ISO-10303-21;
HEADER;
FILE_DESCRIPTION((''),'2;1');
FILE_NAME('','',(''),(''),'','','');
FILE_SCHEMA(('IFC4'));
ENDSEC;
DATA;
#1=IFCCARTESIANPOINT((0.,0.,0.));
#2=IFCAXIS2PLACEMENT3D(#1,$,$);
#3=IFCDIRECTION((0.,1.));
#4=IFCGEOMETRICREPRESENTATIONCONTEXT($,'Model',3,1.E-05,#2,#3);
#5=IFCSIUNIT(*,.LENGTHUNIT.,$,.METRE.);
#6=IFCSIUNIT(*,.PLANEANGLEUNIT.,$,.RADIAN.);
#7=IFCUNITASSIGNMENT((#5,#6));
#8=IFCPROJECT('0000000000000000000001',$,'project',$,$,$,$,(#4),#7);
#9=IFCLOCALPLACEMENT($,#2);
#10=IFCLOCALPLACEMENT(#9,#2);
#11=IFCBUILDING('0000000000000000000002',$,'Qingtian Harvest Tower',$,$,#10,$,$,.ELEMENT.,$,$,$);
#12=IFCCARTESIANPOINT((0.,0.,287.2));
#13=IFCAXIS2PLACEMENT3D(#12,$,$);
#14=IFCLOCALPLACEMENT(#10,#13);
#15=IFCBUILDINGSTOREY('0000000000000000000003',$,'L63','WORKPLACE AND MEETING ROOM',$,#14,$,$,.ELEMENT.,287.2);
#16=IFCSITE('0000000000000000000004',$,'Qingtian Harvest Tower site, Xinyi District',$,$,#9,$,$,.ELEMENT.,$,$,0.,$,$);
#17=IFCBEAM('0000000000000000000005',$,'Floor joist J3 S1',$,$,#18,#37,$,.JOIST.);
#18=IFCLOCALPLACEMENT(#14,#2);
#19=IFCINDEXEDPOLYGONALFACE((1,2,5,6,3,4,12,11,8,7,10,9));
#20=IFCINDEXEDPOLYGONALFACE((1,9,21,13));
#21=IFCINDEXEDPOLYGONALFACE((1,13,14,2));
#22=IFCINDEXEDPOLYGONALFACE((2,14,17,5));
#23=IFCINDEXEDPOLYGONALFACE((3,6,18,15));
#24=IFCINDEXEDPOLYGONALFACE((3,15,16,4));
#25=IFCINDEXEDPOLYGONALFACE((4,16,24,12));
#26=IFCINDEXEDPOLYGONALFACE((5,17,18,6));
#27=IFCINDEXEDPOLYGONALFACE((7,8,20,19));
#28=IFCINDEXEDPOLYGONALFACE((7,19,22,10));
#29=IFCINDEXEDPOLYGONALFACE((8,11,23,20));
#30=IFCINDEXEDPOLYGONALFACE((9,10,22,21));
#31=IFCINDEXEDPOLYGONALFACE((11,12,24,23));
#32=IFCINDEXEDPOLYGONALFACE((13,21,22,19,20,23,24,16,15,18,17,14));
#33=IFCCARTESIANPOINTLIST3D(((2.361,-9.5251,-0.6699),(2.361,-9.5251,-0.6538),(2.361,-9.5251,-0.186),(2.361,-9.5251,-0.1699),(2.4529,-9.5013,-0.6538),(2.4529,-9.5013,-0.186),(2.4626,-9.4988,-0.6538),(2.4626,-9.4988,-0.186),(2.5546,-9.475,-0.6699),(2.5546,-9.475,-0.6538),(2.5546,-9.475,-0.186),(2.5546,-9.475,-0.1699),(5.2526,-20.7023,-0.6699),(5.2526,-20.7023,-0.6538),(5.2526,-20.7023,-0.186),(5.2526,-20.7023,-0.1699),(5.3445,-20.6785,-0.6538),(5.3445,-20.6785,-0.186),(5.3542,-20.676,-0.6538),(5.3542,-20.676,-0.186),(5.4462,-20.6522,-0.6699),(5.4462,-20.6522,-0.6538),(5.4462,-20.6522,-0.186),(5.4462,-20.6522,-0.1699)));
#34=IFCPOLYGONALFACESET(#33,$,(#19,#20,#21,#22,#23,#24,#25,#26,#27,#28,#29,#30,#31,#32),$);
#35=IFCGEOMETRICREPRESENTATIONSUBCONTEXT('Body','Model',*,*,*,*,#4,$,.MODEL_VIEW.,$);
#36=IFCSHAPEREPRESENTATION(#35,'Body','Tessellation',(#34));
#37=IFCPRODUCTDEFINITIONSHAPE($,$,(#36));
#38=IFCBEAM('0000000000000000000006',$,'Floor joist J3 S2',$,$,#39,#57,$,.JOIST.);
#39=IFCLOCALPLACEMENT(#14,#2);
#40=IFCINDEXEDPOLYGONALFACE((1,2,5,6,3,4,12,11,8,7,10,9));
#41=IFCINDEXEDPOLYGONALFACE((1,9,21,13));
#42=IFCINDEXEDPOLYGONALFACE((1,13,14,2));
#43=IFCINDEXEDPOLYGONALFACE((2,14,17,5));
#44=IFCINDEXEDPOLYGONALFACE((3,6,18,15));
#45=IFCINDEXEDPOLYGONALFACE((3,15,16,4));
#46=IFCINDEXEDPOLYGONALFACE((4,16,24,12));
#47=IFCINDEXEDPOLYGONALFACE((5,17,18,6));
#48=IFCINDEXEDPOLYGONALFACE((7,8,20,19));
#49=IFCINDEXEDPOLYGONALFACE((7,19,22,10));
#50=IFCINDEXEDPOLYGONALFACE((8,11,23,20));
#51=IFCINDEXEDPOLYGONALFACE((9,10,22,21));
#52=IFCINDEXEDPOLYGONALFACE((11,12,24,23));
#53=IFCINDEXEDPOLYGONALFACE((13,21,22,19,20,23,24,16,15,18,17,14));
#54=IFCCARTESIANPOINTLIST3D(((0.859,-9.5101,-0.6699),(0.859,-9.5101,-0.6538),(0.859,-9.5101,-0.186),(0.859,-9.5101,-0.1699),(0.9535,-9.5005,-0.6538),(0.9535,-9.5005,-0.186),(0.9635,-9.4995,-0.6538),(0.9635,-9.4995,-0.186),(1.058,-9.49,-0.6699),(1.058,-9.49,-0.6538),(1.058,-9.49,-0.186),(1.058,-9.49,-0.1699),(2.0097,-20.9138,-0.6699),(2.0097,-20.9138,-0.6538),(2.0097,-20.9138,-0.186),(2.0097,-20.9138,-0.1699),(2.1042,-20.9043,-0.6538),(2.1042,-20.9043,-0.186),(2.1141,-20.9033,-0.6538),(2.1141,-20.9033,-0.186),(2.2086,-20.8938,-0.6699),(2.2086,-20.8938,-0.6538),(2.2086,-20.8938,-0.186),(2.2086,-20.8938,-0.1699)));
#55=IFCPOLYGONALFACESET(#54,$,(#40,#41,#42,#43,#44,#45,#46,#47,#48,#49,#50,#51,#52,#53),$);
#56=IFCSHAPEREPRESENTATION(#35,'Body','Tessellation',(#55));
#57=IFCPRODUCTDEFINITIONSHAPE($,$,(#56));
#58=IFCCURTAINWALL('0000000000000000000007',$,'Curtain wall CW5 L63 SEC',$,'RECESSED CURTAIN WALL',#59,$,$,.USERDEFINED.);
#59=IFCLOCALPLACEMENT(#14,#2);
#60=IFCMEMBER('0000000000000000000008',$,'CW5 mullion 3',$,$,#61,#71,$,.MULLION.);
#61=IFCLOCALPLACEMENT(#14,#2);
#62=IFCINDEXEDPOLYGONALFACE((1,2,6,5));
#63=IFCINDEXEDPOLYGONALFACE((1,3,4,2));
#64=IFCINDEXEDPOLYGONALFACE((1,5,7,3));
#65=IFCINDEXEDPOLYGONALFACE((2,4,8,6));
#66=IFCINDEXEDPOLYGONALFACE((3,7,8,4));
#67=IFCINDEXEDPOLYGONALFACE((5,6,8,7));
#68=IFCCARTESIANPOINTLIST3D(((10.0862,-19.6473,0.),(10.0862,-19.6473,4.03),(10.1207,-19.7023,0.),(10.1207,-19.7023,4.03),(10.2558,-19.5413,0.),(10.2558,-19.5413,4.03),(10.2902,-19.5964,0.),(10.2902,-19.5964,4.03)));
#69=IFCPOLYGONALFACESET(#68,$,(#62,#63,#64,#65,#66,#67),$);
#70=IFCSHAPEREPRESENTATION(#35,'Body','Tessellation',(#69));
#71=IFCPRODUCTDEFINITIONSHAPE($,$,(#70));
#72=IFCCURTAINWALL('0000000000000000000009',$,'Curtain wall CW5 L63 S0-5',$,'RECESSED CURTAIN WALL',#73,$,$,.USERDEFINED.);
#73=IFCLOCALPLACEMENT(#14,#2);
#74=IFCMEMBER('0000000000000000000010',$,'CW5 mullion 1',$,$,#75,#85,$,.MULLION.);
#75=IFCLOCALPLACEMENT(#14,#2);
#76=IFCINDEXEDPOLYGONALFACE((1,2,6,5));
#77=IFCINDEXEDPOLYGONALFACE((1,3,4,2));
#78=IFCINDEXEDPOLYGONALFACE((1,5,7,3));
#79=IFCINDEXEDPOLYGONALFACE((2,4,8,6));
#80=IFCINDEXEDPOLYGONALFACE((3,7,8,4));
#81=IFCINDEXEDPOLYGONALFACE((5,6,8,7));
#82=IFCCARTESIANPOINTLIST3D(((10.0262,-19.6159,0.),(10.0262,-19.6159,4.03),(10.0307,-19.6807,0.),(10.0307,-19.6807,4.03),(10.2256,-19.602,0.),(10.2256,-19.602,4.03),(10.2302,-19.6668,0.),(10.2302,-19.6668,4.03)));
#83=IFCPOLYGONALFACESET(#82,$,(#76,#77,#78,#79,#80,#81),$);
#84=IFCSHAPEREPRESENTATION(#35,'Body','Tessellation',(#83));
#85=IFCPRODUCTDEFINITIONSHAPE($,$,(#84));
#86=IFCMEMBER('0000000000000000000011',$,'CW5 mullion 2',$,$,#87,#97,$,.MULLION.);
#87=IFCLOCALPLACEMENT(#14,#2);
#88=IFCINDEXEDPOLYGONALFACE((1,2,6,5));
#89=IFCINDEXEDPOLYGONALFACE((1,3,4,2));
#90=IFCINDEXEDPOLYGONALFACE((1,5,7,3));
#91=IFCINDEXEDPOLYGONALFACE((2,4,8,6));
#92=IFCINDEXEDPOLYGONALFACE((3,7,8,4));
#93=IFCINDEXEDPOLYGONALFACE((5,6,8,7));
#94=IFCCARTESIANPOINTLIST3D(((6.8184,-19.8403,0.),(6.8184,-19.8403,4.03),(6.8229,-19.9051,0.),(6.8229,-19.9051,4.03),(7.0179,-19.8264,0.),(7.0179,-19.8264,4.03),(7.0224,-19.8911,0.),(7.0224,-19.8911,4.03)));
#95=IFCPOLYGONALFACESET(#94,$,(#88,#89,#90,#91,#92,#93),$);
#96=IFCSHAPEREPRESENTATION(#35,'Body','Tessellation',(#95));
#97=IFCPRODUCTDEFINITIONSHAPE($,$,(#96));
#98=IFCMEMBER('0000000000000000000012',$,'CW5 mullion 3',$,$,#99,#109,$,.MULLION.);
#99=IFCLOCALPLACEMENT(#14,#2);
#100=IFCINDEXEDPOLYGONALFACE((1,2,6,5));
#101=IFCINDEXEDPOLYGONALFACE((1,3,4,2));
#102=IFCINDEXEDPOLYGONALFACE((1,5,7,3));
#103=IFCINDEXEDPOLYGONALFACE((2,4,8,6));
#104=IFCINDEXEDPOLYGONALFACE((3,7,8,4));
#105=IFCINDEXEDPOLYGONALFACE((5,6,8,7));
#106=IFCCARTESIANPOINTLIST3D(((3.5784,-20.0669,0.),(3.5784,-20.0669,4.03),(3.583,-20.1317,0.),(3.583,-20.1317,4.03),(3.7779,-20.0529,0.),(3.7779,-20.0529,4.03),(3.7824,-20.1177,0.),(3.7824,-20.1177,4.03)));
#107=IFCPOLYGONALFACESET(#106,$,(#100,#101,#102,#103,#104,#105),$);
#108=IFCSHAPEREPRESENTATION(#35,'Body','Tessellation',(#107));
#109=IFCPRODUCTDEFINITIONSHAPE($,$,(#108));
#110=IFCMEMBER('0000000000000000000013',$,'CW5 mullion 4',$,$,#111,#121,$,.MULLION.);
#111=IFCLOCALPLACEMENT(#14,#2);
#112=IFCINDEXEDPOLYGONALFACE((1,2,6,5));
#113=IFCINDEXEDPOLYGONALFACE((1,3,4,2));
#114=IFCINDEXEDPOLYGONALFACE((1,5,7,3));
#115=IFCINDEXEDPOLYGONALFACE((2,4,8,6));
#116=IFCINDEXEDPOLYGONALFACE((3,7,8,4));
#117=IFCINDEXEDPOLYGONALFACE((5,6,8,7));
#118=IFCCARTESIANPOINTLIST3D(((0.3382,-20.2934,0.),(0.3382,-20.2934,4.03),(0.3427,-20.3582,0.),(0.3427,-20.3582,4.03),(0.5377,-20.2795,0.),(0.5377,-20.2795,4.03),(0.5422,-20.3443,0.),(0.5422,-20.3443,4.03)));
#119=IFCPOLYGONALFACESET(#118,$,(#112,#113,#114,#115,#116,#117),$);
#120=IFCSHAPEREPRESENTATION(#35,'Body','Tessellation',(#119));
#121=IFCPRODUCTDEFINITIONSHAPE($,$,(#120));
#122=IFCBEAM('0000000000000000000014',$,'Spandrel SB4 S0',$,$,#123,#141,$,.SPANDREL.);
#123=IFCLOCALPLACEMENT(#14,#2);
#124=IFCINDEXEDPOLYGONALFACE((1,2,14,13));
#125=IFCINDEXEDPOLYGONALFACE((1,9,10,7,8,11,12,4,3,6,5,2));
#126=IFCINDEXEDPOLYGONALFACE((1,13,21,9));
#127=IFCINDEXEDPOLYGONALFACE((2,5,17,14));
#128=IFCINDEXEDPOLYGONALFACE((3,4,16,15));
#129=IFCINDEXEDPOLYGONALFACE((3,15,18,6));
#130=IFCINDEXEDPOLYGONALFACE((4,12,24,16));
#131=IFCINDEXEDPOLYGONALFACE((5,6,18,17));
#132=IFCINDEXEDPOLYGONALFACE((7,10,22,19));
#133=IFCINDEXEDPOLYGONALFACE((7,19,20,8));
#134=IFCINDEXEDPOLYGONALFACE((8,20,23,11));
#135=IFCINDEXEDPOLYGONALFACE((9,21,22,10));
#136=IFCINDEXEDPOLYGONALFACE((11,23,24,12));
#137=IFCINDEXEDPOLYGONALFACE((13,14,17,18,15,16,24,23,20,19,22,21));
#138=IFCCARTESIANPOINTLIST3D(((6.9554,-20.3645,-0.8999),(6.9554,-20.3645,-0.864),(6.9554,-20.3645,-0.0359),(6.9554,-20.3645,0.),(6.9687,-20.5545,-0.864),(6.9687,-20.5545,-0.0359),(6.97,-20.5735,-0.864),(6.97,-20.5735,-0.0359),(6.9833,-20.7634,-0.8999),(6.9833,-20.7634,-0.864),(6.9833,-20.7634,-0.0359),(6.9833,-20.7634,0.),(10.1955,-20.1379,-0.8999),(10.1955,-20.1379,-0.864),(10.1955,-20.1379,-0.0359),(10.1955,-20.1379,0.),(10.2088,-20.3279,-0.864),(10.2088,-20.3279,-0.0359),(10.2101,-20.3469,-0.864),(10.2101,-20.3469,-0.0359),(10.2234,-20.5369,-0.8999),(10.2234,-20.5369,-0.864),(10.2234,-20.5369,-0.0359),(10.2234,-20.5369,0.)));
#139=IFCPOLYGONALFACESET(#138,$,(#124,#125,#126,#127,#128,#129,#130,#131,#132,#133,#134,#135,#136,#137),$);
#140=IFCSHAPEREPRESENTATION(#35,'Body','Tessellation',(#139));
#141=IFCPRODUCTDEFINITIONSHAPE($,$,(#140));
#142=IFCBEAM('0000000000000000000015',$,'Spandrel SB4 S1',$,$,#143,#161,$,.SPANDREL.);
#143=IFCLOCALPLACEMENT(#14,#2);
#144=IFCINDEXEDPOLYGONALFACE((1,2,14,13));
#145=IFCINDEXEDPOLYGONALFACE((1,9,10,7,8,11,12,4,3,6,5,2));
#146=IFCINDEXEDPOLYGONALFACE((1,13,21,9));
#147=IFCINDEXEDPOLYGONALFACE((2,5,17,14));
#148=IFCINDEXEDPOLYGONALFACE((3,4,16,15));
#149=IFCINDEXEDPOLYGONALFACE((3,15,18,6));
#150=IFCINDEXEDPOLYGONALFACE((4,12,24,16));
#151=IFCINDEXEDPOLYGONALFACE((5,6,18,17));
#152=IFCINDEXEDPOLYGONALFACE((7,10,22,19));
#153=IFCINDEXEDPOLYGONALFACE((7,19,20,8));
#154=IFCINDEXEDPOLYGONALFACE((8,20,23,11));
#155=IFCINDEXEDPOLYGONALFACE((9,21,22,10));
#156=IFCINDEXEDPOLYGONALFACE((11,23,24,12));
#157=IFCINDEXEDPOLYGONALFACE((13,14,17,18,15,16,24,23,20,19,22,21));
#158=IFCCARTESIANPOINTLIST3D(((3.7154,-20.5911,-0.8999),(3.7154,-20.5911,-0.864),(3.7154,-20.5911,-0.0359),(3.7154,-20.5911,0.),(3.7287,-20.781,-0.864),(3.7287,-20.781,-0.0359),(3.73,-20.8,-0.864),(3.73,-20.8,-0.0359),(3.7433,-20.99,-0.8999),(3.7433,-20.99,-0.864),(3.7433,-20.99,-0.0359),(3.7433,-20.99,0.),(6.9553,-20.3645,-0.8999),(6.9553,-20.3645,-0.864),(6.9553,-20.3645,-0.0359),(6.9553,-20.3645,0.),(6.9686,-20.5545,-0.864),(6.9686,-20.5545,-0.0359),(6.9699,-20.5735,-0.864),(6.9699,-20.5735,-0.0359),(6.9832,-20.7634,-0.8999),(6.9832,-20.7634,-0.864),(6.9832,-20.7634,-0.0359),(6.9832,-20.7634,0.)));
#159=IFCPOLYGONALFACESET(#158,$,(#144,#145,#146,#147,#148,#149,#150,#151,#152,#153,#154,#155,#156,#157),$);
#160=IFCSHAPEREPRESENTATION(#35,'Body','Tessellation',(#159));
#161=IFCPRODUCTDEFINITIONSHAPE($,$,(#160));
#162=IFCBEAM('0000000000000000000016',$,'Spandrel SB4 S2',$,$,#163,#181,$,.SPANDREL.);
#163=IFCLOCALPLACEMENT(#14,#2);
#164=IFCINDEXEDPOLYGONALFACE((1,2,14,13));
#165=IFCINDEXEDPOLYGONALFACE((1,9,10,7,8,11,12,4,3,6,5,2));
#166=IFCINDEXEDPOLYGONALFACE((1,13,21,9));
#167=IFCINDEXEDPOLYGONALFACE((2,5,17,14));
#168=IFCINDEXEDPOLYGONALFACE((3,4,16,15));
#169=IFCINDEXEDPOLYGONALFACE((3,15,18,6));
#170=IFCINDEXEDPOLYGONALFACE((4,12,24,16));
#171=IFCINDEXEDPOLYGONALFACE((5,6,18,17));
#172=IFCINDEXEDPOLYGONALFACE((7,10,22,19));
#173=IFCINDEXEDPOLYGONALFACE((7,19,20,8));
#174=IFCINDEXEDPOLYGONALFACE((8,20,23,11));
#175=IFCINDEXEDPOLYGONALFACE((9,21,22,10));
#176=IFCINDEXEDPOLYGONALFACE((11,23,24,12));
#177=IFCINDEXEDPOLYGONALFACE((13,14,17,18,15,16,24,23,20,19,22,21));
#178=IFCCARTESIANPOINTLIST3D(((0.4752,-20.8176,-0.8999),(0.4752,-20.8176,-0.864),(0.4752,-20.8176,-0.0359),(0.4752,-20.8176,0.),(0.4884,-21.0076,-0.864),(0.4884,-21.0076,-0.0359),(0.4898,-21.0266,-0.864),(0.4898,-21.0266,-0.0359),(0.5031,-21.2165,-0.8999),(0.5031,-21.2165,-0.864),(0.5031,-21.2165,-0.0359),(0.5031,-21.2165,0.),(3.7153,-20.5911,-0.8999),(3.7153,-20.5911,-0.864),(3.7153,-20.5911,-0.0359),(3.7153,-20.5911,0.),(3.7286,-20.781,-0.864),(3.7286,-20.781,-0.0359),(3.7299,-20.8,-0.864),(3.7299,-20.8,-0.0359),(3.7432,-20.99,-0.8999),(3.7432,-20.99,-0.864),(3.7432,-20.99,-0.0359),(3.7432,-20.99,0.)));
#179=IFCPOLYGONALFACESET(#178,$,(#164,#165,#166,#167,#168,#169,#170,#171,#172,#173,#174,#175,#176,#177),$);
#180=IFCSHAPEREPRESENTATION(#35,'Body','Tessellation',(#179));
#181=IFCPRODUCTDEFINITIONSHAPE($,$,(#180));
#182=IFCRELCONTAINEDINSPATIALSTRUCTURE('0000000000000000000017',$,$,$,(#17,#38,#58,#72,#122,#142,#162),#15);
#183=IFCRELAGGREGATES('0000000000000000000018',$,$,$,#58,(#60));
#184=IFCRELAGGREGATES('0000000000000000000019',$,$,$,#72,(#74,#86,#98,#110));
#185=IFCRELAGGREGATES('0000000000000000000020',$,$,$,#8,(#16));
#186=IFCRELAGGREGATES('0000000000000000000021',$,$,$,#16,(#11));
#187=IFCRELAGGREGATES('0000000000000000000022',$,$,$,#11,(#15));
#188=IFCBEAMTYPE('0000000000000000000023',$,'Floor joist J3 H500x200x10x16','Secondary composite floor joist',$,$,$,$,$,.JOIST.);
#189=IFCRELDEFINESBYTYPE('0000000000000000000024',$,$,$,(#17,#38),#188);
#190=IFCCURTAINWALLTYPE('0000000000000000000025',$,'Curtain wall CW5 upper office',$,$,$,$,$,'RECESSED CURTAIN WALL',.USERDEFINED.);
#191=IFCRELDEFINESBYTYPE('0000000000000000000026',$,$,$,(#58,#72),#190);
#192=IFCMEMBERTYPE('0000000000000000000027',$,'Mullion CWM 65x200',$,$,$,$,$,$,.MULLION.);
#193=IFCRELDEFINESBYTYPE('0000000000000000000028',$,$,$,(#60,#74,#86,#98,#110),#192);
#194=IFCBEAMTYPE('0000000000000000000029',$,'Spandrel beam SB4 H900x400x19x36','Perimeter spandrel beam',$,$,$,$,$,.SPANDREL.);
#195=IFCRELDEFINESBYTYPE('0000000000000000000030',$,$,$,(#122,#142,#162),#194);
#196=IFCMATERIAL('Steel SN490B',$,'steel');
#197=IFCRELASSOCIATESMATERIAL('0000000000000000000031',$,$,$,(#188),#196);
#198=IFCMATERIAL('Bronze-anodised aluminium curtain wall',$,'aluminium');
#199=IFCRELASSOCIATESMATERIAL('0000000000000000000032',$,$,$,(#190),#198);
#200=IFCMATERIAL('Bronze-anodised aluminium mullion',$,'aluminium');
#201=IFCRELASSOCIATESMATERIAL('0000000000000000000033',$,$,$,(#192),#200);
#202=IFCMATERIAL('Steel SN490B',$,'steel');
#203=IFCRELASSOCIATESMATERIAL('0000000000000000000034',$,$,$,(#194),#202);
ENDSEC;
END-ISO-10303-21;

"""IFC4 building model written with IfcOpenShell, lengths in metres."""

from ifc_helpers import new_model, si_unit, direction, frame, origin, origin_2d, place, context, subcontext, project, spatial, rectangle, i_section, extrude, material, material_profile, profile_set, type_object, element, aggregate, save


model = new_model("IFC4")

# Units and contexts
model_context = context("Model", 3, precision=1e-05, world=origin(), true_north=direction((0.0, 1.0)))
body_context = subcontext(model_context, "Body", "Model", "MODEL_VIEW")
ifc_project = project(units=[si_unit("LENGTHUNIT", "METRE"), si_unit("PLANEANGLEUNIT", "RADIAN")], contexts=[model_context])

# Site, building, storey
site_placement = place(None, origin())
site = spatial("IfcSite", under=ifc_project, at=site_placement, Name="Qingtian Harvest Tower site, Xinyi District", CompositionType="ELEMENT", RefElevation=0.0)
building_placement = place(site_placement, origin())
building = spatial("IfcBuilding", under=site, at=building_placement, Name="Qingtian Harvest Tower", CompositionType="ELEMENT")
storey_placement = place(building_placement, frame((0.0, 0.0, 287.2)))
storey = spatial("IfcBuildingStorey", under=building, at=storey_placement, Name="L63", Description="WORKPLACE AND MEETING ROOM", CompositionType="ELEMENT", Elevation=287.2)

# Beams
ifc_material_1 = material(Name="Steel SN490B", Category="steel")
ifc_material_profile_1 = material_profile(ifc_material_1, i_section(OverallWidth=0.2, OverallDepth=0.5, WebThickness=0.01, FlangeThickness=0.0161, at=origin_2d()), Name="H500x200x10x16")
ifc_profile_set_1 = profile_set([ifc_material_profile_1], Name="Steel SN490B")
beam_type_1 = type_object("IfcBeamType", Name="Floor joist J3 H500x200x10x16", Description="Secondary composite floor joist", PredefinedType="JOIST", material=ifc_profile_set_1)
beam_1_placement = place(storey_placement, frame((5.3494, -20.6772, -0.4199), z_axis=(-0.250459, 0.968127, 0.0), x_axis=(-0.968127, -0.250459, 0.0)))
element("IfcBeam", 1, at=beam_1_placement, inside=storey, type_object=beam_type_1, Name="Floor joist J3 S1", PredefinedType="JOIST", context=body_context, shape_type="SweptSolid", body=[
    extrude(i_section(OverallWidth=0.2, OverallDepth=0.5, WebThickness=0.01, FlangeThickness=0.0161, at=origin_2d()), origin(), (0.0, 0.0, 1.0), 11.5452),
])
beam_2_placement = place(storey_placement, frame((2.1091, -20.9038, -0.4199), z_axis=(-0.100389, 0.994948, 0.0), x_axis=(-0.994948, -0.100389, 0.0)))
element("IfcBeam", 2, at=beam_2_placement, inside=storey, type_object=beam_type_1, Name="Floor joist J3 S2", PredefinedType="JOIST", context=body_context, shape_type="SweptSolid", body=[
    extrude(i_section(OverallWidth=0.2, OverallDepth=0.5, WebThickness=0.01, FlangeThickness=0.0161, at=origin_2d()), origin(), (0.0, 0.0, 1.0), 11.4617),
])

# Curtain wall, member
ifc_material_2 = material(Name="Bronze-anodised aluminium curtain wall", Category="aluminium")
curtain_wall_type = type_object("IfcCurtainWallType", Name="Curtain wall CW5 upper office", ElementType="RECESSED CURTAIN WALL", PredefinedType="USERDEFINED", material=ifc_material_2)
curtain_wall_1_placement = place(storey_placement, origin())
curtain_wall_1 = element("IfcCurtainWall", 3, at=curtain_wall_1_placement, inside=storey, type_object=curtain_wall_type, Name="Curtain wall CW5 L63 SEC", ObjectType="RECESSED CURTAIN WALL", PredefinedType="USERDEFINED")
ifc_material_3 = material(Name="Bronze-anodised aluminium mullion", Category="aluminium")
ifc_material_profile_2 = material_profile(ifc_material_3, rectangle(XDim=0.0649, YDim=0.2, at=origin_2d()), Name="AL 65x200")
ifc_profile_set_2 = profile_set([ifc_material_profile_2], Name="Bronze-anodised aluminium mullion")
member_type_1 = type_object("IfcMemberType", Name="Mullion CWM 65x200", PredefinedType="MULLION", material=ifc_profile_set_2)
member_1_placement = place(storey_placement, frame((10.1882, -19.6218, 0.0), z_axis=(0.0, 0.0, 1.0), x_axis=(0.529919, -0.848048, 0.0)))
member_1 = element("IfcMember", 4, at=member_1_placement, type_object=member_type_1, Name="CW5 mullion 3", PredefinedType="MULLION", context=body_context, shape_type="SweptSolid", body=[
    extrude(rectangle(XDim=0.0649, YDim=0.2, at=origin_2d()), origin(), (0.0, 0.0, 1.0), 4.03),
])

# Curtain wall, members
curtain_wall_2_placement = place(storey_placement, origin())
curtain_wall_2 = element("IfcCurtainWall", 5, at=curtain_wall_2_placement, inside=storey, type_object=curtain_wall_type, Name="Curtain wall CW5 L63 S0-5", ObjectType="RECESSED CURTAIN WALL", PredefinedType="USERDEFINED")
member_2_placement = place(storey_placement, frame((10.1282, -19.6414, 0.0), z_axis=(0.0, 0.0, 1.0), x_axis=(0.069756, -0.997564, 0.0)))
member_2 = element("IfcMember", 6, at=member_2_placement, type_object=member_type_1, Name="CW5 mullion 1", PredefinedType="MULLION", context=body_context, shape_type="SweptSolid", body=[
    extrude(rectangle(XDim=0.0649, YDim=0.2, at=origin_2d()), origin(), (0.0, 0.0, 1.0), 4.03),
])
member_3_placement = place(storey_placement, frame((6.9204, -19.8657, 0.0), z_axis=(0.0, 0.0, 1.0), x_axis=(0.069756, -0.997564, 0.0)))
member_3 = element("IfcMember", 7, at=member_3_placement, type_object=member_type_1, Name="CW5 mullion 2", PredefinedType="MULLION", context=body_context, shape_type="SweptSolid", body=[
    extrude(rectangle(XDim=0.0649, YDim=0.2, at=origin_2d()), origin(), (0.0, 0.0, 1.0), 4.03),
])
member_4_placement = place(storey_placement, frame((3.6804, -20.0923, 0.0), z_axis=(0.0, 0.0, 1.0), x_axis=(0.069756, -0.997564, 0.0)))
member_4 = element("IfcMember", 8, at=member_4_placement, type_object=member_type_1, Name="CW5 mullion 3", PredefinedType="MULLION", context=body_context, shape_type="SweptSolid", body=[
    extrude(rectangle(XDim=0.0649, YDim=0.2, at=origin_2d()), origin(), (0.0, 0.0, 1.0), 4.03),
])
member_5_placement = place(storey_placement, frame((0.4402, -20.3188, 0.0), z_axis=(0.0, 0.0, 1.0), x_axis=(0.069756, -0.997564, 0.0)))
member_5 = element("IfcMember", 9, at=member_5_placement, type_object=member_type_1, Name="CW5 mullion 4", PredefinedType="MULLION", context=body_context, shape_type="SweptSolid", body=[
    extrude(rectangle(XDim=0.0649, YDim=0.2, at=origin_2d()), origin(), (0.0, 0.0, 1.0), 4.03),
])

# Beams
ifc_material_4 = material(Name="Steel SN490B", Category="steel")
ifc_material_profile_3 = material_profile(ifc_material_4, i_section(OverallWidth=0.3999, OverallDepth=0.8999, WebThickness=0.019, FlangeThickness=0.0359, at=origin_2d()), Name="H900x400x19x36")
ifc_profile_set_3 = profile_set([ifc_material_profile_3], Name="Steel SN490B")
beam_type_2 = type_object("IfcBeamType", Name="Spandrel beam SB4 H900x400x19x36", Description="Perimeter spandrel beam", PredefinedType="SPANDREL", material=ifc_profile_set_3)
beam_3_placement = place(storey_placement, frame((10.2095, -20.3374, -0.45), z_axis=(-0.997564, -0.069751, 0.0), x_axis=(0.069751, -0.997564, 0.0)))
element("IfcBeam", 10, at=beam_3_placement, inside=storey, type_object=beam_type_2, Name="Spandrel SB4 S0", PredefinedType="SPANDREL", context=body_context, shape_type="SweptSolid", body=[
    extrude(i_section(OverallWidth=0.3999, OverallDepth=0.8999, WebThickness=0.019, FlangeThickness=0.0359, at=origin_2d()), origin(), (0.0, 0.0, 1.0), 3.248),
])
beam_4_placement = place(storey_placement, frame((6.9692, -20.564, -0.45), z_axis=(-0.997564, -0.069757, 0.0), x_axis=(0.069757, -0.997564, 0.0)))
element("IfcBeam", 11, at=beam_4_placement, inside=storey, type_object=beam_type_2, Name="Spandrel SB4 S1", PredefinedType="SPANDREL", context=body_context, shape_type="SweptSolid", body=[
    extrude(i_section(OverallWidth=0.3999, OverallDepth=0.8999, WebThickness=0.019, FlangeThickness=0.0359, at=origin_2d()), origin(), (0.0, 0.0, 1.0), 3.2478),
])
beam_5_placement = place(storey_placement, frame((3.7292, -20.7905, -0.45), z_axis=(-0.997564, -0.069751, 0.0), x_axis=(0.069751, -0.997564, 0.0)))
element("IfcBeam", 12, at=beam_5_placement, inside=storey, type_object=beam_type_2, Name="Spandrel SB4 S2", PredefinedType="SPANDREL", context=body_context, shape_type="SweptSolid", body=[
    extrude(i_section(OverallWidth=0.3999, OverallDepth=0.8999, WebThickness=0.019, FlangeThickness=0.0359, at=origin_2d()), origin(), (0.0, 0.0, 1.0), 3.248),
])

aggregate(curtain_wall_1, [member_1])
aggregate(curtain_wall_2, [member_2, member_3, member_4, member_5])

save(model, "model.ifc")
